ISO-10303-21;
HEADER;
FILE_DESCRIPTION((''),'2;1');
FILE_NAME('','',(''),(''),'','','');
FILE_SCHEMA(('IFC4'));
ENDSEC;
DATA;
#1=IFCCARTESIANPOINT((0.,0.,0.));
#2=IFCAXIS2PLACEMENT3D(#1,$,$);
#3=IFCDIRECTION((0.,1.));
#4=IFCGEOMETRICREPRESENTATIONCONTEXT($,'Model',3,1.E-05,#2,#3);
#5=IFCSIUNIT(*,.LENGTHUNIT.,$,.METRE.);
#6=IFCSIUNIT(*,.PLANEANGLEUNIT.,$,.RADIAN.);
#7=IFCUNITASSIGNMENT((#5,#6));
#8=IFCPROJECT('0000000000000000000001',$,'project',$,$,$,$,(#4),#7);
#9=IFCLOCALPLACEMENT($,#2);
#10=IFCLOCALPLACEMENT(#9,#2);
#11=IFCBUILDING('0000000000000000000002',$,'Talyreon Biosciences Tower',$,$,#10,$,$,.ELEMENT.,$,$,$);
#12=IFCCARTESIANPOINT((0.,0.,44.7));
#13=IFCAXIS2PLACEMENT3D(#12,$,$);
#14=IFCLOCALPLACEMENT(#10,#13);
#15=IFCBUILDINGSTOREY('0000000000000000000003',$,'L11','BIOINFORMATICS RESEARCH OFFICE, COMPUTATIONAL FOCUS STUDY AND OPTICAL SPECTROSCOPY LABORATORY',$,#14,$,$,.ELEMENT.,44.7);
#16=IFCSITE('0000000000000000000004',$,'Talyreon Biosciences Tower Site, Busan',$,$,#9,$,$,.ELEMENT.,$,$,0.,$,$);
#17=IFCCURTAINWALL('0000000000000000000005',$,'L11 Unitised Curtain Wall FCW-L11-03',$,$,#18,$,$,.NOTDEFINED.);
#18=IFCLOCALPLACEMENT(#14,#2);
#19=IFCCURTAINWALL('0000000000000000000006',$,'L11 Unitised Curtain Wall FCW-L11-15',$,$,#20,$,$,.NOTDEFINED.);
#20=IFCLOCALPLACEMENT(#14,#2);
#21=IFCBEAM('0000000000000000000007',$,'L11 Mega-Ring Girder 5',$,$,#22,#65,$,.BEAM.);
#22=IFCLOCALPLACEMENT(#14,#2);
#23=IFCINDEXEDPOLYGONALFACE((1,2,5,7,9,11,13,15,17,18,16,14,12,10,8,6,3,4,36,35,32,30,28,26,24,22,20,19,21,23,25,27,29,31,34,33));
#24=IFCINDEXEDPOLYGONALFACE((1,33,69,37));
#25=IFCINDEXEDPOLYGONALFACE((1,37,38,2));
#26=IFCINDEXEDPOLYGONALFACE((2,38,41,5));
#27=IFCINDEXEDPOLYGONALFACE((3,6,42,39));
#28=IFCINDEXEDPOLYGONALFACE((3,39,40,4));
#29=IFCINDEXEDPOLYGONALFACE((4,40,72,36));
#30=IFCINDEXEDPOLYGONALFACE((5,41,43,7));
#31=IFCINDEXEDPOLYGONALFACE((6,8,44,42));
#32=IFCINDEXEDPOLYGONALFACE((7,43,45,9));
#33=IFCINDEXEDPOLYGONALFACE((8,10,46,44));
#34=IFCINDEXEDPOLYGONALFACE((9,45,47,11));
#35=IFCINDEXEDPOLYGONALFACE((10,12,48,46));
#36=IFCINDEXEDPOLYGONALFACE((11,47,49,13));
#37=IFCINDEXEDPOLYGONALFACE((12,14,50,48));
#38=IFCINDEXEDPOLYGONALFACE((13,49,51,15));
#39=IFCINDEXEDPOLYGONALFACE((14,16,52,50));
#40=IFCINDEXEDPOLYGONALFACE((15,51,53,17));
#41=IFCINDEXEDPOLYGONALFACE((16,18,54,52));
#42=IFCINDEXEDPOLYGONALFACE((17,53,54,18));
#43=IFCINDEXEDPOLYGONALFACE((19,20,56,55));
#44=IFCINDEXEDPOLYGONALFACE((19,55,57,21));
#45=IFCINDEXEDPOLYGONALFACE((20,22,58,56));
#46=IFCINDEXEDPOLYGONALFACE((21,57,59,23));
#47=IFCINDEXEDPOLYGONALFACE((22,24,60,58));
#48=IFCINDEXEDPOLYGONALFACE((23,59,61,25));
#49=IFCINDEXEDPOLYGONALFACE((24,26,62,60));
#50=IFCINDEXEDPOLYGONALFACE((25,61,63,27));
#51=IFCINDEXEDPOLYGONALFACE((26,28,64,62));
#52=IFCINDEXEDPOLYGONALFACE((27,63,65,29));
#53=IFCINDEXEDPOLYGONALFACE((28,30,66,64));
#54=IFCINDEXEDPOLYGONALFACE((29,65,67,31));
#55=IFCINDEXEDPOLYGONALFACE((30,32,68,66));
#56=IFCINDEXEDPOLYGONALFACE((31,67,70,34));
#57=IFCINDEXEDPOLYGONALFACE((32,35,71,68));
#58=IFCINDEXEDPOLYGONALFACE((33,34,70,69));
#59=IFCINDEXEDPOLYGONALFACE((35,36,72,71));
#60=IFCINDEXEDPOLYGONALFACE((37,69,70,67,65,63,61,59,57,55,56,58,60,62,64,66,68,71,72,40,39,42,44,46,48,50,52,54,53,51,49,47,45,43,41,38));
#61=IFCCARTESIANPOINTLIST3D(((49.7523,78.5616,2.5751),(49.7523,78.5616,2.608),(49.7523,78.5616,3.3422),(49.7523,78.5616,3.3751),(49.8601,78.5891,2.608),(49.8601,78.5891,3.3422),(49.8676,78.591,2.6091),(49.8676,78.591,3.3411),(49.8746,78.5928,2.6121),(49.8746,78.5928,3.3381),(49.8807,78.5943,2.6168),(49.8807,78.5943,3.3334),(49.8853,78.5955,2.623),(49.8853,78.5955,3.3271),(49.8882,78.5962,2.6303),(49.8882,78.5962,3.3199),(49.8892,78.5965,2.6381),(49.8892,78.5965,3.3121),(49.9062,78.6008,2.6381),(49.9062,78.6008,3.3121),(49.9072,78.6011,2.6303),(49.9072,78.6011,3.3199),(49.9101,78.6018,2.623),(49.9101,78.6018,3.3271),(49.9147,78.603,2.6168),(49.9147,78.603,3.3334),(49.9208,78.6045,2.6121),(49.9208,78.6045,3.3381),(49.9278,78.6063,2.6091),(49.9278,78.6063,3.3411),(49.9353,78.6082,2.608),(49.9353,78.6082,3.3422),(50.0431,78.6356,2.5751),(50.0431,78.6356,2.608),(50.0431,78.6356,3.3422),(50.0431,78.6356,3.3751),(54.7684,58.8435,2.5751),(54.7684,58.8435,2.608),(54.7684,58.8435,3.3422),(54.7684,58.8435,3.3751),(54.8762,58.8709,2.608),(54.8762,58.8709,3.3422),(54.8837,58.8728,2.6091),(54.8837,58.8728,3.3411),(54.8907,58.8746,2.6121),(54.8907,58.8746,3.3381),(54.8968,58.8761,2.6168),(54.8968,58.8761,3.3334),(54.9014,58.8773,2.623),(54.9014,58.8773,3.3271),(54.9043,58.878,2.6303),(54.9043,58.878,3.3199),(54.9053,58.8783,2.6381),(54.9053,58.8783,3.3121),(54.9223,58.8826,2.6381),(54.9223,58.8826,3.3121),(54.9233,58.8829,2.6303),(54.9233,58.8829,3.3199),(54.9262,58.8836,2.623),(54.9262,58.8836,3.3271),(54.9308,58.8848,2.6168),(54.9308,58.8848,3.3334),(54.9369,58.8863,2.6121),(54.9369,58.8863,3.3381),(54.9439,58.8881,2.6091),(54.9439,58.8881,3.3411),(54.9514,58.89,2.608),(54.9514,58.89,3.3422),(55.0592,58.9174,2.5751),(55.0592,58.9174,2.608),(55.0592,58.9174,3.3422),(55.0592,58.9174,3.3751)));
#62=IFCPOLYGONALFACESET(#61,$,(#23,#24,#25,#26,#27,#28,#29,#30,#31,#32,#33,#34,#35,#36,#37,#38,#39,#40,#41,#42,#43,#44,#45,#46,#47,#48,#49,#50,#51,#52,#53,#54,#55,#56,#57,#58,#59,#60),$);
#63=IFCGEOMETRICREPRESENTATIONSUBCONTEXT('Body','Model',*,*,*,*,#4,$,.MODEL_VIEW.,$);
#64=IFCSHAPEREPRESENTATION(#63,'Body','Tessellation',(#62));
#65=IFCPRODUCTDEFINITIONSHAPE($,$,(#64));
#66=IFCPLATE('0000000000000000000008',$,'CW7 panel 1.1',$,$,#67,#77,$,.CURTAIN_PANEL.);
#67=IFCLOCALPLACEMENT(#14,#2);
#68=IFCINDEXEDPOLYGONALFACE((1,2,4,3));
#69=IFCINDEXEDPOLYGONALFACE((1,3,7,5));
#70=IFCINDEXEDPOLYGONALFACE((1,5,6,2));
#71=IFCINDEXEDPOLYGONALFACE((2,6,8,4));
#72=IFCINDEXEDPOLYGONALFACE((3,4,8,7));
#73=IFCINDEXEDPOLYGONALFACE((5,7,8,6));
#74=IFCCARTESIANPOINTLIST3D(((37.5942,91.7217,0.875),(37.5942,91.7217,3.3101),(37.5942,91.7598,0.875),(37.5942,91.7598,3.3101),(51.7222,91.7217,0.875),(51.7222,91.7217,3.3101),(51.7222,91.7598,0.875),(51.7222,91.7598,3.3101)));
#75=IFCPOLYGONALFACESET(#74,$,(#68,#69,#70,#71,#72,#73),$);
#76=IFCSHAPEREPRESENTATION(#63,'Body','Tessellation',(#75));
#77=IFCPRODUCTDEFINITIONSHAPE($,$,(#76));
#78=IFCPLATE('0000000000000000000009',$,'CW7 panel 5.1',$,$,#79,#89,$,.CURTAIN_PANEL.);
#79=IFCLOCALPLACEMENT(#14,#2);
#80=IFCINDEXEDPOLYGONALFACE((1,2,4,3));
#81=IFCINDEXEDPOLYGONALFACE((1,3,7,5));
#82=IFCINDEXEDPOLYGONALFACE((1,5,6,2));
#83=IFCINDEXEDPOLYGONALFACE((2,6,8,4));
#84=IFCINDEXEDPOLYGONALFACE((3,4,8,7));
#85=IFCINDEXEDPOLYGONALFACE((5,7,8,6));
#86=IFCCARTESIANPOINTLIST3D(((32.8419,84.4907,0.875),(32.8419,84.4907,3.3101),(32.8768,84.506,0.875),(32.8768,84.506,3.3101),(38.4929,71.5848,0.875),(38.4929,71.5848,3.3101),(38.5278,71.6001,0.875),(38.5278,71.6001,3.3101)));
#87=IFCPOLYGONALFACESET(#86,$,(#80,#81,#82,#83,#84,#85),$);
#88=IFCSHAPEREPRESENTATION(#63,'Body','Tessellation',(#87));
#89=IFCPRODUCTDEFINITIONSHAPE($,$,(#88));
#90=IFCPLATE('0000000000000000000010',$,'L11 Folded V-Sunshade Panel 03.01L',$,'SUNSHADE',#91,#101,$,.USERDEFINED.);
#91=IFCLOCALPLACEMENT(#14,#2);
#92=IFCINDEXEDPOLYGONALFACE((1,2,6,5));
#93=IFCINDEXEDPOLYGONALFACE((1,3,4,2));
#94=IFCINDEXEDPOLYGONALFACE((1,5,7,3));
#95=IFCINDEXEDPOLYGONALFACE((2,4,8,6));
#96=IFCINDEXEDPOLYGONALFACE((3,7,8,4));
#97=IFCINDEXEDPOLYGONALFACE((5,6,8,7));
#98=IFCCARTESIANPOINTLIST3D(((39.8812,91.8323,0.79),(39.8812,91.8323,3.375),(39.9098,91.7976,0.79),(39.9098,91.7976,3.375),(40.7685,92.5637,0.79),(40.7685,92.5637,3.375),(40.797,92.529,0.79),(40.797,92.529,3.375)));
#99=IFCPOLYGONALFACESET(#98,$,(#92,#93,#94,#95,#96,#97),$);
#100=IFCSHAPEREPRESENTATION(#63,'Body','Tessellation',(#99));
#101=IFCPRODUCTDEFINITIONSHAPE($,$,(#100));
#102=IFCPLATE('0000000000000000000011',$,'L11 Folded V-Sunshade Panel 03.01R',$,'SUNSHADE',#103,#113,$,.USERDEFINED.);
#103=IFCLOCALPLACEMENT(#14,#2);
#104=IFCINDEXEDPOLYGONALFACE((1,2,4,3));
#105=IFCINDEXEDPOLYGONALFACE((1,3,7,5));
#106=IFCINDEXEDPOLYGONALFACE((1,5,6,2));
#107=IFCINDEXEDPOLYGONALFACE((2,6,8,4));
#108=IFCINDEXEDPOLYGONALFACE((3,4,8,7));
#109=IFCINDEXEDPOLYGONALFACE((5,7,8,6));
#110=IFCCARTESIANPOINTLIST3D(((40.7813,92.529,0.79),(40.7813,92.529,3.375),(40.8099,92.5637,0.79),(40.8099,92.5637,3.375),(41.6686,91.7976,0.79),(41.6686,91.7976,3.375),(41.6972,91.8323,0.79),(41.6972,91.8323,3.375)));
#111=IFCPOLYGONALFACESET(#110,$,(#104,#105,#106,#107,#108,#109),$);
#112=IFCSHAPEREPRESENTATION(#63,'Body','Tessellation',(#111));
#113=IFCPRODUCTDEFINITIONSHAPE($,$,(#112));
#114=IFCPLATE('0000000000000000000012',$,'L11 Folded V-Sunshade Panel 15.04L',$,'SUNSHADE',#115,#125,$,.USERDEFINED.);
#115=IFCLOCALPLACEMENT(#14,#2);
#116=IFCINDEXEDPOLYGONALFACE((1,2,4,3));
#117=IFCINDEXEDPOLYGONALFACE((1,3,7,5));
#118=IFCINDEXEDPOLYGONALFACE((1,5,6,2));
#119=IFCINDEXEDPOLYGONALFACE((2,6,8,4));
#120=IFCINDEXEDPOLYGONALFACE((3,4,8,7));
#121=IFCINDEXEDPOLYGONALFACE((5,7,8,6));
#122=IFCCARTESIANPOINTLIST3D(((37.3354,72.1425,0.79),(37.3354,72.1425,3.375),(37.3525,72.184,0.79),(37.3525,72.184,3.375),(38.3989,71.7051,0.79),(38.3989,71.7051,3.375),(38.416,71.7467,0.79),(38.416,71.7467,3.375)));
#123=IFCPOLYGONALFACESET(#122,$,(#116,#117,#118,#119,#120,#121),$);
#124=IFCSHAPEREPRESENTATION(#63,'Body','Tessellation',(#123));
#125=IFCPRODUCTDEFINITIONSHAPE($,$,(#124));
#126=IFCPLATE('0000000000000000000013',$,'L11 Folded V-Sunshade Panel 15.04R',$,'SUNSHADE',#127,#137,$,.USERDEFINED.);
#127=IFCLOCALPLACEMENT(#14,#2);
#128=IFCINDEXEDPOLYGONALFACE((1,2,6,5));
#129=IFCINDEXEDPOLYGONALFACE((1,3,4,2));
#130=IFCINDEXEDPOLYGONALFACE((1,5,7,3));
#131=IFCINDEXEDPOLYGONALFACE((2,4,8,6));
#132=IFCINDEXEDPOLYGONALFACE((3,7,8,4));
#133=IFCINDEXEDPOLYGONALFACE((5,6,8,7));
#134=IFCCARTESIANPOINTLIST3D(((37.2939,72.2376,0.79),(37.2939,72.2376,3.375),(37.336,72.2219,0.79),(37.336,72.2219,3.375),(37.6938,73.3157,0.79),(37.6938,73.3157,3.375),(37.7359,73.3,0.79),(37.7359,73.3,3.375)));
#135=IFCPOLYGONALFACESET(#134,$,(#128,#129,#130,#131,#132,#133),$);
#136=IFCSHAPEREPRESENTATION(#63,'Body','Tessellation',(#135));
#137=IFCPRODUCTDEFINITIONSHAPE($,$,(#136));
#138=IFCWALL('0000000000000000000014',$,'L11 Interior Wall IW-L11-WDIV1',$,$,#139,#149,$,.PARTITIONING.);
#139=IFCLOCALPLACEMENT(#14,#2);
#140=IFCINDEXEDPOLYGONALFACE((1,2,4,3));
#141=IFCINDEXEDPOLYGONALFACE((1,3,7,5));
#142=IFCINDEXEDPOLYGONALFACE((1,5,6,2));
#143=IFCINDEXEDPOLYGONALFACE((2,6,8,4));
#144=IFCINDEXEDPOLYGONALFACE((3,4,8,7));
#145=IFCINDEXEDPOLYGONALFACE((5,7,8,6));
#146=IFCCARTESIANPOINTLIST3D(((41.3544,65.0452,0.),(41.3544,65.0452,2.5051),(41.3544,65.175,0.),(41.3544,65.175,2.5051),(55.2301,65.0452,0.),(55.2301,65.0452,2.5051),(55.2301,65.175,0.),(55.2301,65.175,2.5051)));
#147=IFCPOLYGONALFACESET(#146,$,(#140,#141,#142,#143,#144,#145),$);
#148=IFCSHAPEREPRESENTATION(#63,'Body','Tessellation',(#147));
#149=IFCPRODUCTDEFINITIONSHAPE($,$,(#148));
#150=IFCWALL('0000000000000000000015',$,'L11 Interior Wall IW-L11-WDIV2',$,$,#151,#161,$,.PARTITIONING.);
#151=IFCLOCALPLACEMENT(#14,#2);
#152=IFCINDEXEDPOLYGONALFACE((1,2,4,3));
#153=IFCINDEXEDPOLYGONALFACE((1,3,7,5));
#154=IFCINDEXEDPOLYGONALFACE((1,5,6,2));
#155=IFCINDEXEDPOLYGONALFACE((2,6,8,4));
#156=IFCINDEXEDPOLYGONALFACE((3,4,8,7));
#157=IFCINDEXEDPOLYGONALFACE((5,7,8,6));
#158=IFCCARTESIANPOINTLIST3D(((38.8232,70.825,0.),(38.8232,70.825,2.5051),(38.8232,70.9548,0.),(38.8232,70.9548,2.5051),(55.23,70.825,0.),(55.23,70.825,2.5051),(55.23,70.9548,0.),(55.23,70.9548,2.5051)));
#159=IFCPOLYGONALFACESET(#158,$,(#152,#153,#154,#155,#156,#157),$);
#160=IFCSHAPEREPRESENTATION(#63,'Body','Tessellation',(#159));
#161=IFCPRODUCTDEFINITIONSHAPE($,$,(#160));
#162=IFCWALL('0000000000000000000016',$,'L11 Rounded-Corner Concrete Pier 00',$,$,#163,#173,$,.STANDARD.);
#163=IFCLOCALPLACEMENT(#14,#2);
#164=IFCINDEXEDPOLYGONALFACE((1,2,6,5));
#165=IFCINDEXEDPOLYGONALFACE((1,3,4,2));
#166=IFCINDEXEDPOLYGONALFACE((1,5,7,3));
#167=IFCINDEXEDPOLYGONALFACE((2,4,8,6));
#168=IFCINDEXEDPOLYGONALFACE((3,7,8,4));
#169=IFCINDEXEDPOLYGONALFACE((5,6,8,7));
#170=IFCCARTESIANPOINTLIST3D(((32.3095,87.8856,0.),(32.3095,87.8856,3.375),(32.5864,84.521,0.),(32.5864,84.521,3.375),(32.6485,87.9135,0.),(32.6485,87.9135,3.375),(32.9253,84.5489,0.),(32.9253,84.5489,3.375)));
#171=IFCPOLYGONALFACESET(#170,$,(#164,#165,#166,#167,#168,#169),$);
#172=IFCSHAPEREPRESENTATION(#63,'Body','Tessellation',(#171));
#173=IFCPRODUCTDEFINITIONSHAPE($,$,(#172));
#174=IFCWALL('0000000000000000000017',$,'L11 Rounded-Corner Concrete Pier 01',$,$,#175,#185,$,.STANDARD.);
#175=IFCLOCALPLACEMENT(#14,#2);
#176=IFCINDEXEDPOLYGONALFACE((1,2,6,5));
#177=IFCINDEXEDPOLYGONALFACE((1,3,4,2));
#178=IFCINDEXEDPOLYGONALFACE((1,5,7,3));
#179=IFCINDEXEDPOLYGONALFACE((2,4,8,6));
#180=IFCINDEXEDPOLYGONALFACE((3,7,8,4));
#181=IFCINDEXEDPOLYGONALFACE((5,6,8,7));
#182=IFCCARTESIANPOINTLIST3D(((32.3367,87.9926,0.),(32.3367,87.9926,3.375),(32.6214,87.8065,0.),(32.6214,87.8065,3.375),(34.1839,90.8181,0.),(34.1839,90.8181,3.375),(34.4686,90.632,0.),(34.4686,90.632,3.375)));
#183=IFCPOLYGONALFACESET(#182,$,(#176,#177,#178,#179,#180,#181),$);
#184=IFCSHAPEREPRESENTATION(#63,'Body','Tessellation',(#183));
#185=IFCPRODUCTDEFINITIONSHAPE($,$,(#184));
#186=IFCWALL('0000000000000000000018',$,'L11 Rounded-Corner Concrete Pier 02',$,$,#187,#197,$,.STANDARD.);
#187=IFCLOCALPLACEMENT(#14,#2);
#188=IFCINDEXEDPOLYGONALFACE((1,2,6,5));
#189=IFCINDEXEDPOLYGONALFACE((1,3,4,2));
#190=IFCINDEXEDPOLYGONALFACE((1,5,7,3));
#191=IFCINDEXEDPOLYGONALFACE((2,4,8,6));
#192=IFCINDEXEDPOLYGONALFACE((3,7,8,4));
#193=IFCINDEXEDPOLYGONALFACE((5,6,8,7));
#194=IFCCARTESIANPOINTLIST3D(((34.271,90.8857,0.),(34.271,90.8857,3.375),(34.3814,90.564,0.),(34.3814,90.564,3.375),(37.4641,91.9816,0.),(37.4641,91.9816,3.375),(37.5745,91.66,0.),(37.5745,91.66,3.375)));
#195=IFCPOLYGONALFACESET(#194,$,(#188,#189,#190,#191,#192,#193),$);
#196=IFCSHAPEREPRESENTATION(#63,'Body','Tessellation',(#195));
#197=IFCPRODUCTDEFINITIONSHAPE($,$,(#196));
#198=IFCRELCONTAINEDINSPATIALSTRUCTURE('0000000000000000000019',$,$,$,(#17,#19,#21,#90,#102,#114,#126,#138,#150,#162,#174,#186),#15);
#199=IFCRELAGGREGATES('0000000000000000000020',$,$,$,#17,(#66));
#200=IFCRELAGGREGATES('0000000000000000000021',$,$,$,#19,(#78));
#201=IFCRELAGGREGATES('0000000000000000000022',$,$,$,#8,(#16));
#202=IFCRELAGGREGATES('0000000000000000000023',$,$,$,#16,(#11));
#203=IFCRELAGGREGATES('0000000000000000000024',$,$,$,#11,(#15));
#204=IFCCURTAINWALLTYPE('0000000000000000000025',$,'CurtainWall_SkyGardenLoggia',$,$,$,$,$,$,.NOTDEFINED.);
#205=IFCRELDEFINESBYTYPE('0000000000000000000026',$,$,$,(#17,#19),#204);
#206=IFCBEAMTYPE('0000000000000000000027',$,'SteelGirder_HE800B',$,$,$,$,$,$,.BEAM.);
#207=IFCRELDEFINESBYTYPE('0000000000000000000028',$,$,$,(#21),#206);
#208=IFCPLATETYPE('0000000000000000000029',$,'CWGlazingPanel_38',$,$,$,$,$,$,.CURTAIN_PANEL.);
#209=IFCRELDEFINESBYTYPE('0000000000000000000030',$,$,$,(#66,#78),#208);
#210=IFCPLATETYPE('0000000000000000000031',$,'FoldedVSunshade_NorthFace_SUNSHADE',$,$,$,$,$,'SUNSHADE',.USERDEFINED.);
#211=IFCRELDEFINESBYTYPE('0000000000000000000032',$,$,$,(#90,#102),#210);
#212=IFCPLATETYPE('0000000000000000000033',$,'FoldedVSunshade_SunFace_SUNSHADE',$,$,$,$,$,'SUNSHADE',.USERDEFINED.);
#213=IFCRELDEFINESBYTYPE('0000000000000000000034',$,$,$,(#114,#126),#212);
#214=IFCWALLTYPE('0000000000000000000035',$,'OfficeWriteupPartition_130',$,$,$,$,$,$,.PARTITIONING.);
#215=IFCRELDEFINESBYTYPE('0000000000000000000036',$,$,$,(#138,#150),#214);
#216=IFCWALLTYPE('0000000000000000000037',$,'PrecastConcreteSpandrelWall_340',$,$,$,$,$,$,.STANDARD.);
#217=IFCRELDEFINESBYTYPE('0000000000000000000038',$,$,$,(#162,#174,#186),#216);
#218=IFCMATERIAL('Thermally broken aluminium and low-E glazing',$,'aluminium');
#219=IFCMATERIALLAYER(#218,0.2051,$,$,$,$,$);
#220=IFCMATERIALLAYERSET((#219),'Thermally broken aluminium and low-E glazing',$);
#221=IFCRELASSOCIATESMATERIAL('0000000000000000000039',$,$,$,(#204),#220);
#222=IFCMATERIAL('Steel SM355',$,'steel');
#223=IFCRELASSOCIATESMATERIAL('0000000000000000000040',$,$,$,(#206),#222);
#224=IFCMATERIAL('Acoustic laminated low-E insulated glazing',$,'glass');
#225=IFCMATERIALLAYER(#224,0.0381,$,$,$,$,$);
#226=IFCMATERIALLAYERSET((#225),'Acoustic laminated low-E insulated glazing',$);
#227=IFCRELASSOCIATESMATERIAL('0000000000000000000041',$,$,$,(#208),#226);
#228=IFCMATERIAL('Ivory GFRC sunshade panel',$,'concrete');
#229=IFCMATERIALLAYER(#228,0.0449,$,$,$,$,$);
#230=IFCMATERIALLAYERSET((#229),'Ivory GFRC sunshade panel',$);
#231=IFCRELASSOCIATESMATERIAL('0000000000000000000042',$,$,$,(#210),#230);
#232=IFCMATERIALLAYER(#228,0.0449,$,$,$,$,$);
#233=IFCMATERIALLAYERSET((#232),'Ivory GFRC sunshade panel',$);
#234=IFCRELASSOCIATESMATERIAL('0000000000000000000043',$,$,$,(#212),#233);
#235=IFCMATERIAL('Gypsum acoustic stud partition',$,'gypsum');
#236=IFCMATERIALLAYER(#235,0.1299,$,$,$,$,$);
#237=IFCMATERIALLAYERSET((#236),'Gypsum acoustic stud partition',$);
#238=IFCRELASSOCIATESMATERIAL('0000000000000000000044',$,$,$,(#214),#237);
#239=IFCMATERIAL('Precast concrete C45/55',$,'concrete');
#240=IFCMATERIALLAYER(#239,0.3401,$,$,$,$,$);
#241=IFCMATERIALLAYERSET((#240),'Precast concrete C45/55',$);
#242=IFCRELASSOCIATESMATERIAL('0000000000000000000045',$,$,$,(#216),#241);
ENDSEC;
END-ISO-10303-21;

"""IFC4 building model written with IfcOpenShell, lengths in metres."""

from ifc_helpers import new_model, si_unit, direction, frame, frame_2d, origin, origin_2d, place, context, subcontext, project, spatial, rectangle, i_section, extrude, material, layer, layer_set, material_profile, profile_set, type_object, element, aggregate, save


model = new_model("IFC4")

# Units and contexts
model_context = context("Model", 3, precision=1e-05, world=origin(), true_north=direction((0.0, 1.0)))
body_context = subcontext(model_context, "Body", "Model", "MODEL_VIEW")
ifc_project = project(units=[si_unit("LENGTHUNIT", "METRE"), si_unit("PLANEANGLEUNIT", "RADIAN")], contexts=[model_context])

# Site, building, storey
site_placement = place(None, origin())
site = spatial("IfcSite", under=ifc_project, at=site_placement, Name="Talyreon Biosciences Tower Site, Busan", CompositionType="ELEMENT", RefElevation=0.0)
building_placement = place(site_placement, origin())
building = spatial("IfcBuilding", under=site, at=building_placement, Name="Talyreon Biosciences Tower", CompositionType="ELEMENT")
storey_placement = place(building_placement, frame((0.0, 0.0, 44.7)))
storey = spatial("IfcBuildingStorey", under=building, at=storey_placement, Name="L11", Description="BIOINFORMATICS RESEARCH OFFICE, COMPUTATIONAL FOCUS STUDY AND OPTICAL SPECTROSCOPY LABORATORY", CompositionType="ELEMENT", Elevation=44.7)

# Curtain walls
ifc_material_1 = material(Name="Thermally broken aluminium and low-E glazing", Category="aluminium")
ifc_layer_1 = layer(ifc_material_1, 0.2051)
ifc_layer_set_1 = layer_set([ifc_layer_1], Name="Thermally broken aluminium and low-E glazing")
curtain_wall_type = type_object("IfcCurtainWallType", Name="CurtainWall_SkyGardenLoggia", PredefinedType="NOTDEFINED", material=ifc_layer_set_1)
curtain_wall_1_placement = place(storey_placement, origin())
curtain_wall_1 = element("IfcCurtainWall", 1, at=curtain_wall_1_placement, inside=storey, type_object=curtain_wall_type, Name="L11 Unitised Curtain Wall FCW-L11-03", PredefinedType="NOTDEFINED")
curtain_wall_2_placement = place(storey_placement, origin())
curtain_wall_2 = element("IfcCurtainWall", 2, at=curtain_wall_2_placement, inside=storey, type_object=curtain_wall_type, Name="L11 Unitised Curtain Wall FCW-L11-15", PredefinedType="NOTDEFINED")

# Beam
ifc_material_2 = material(Name="Precast concrete C45/55", Category="concrete")
ifc_material_3 = material(Name="Steel SM355", Category="steel")
ifc_material_profile_1 = material_profile(ifc_material_3, i_section(OverallWidth=0.3, OverallDepth=0.8, WebThickness=0.0176, FlangeThickness=0.033, FilletRadius=0.03, at=origin_2d()), Name="HE800B")
ifc_profile_set_1 = profile_set([ifc_material_profile_1], Name="Steel SM355")
beam_type_1 = type_object("IfcBeamType", Name="SteelGirder_HE800B", PredefinedType="BEAM", material=ifc_profile_set_1)
beam_1_placement = place(storey_placement, frame((49.8977, 78.5986, 2.9751), z_axis=(0.246537, -0.969133, 0.0), x_axis=(0.969133, 0.246537, 0.0)))
element("IfcBeam", 3, at=beam_1_placement, inside=storey, type_object=beam_type_1, Name="L11 Mega-Ring Girder 5", PredefinedType="BEAM", context=body_context, shape_type="SweptSolid", body=[
    extrude(i_section(OverallWidth=0.3, OverallDepth=0.8, WebThickness=0.0176, FlangeThickness=0.033, FilletRadius=0.03, at=origin_2d()), origin(), (0.0, 0.0, 1.0), 20.3462),
])

# Plates
ifc_material_4 = material(Name="Acoustic laminated low-E insulated glazing", Category="glass")
ifc_layer_2 = layer(ifc_material_4, 0.0381)
ifc_layer_set_2 = layer_set([ifc_layer_2], Name="Acoustic laminated low-E insulated glazing")
plate_type_1 = type_object("IfcPlateType", Name="CWGlazingPanel_38", PredefinedType="CURTAIN_PANEL", material=ifc_layer_set_2)
plate_1_placement = place(storey_placement, frame((44.6582, 91.7407, 0.875), z_axis=(0.0, 0.0, 1.0), x_axis=(1.0, 0.0, 0.0)))
plate_1 = element("IfcPlate", 4, at=plate_1_placement, type_object=plate_type_1, Name="CW7 panel 1.1", PredefinedType="CURTAIN_PANEL", context=body_context, shape_type="SweptSolid", body=[
    extrude(rectangle(XDim=14.1279, YDim=0.0381, at=origin_2d()), origin(), (0.0, 0.0, 1.0), 2.4351),
])
aggregate(curtain_wall_1, [plate_1])
plate_2_placement = place(storey_placement, frame((35.6848, 78.0454, 0.875), z_axis=(0.0, 0.0, 1.0), x_axis=(-0.401097, 0.916035, 0.0)))
plate_2 = element("IfcPlate", 5, at=plate_2_placement, type_object=plate_type_1, Name="CW7 panel 5.1", PredefinedType="CURTAIN_PANEL", context=body_context, shape_type="SweptSolid", body=[
    extrude(rectangle(XDim=14.0889, YDim=0.0381, at=origin_2d()), origin(), (0.0, 0.0, 1.0), 2.4351),
])
aggregate(curtain_wall_2, [plate_2])

# Plates
ifc_material_5 = material(Name="Ivory GFRC sunshade panel", Category="concrete")
ifc_layer_3 = layer(ifc_material_5, 0.0449)
ifc_layer_set_3 = layer_set([ifc_layer_3], Name="Ivory GFRC sunshade panel")
plate_type_2 = type_object("IfcPlateType", Name="FoldedVSunshade_NorthFace_SUNSHADE", ElementType="SUNSHADE", PredefinedType="USERDEFINED", material=ifc_layer_set_3)
for number, where, z_axis, x_axis, name in (
    (6, (40.3391, 92.1807, 0.79), (0.0, 0.0, 1.0), (0.771625, 0.636078, 0.0), "L11 Folded V-Sunshade Panel 03.01L"),
    (7, (41.2393, 92.1807, 0.79), (0.0, 0.0, 1.0), (0.771625, -0.636078, 0.0), "L11 Folded V-Sunshade Panel 03.01R"),
):
    element("IfcPlate", number, at=place(storey_placement, frame(where, z_axis=z_axis, x_axis=x_axis)), inside=storey, type_object=plate_type_2, Name=name, ObjectType="SUNSHADE", PredefinedType="USERDEFINED", context=body_context, shape_type="SweptSolid", body=[
        extrude(rectangle(XDim=1.1499, YDim=0.0449, at=origin_2d()), origin(), (0.0, 0.0, 1.0), 2.585),
    ])
ifc_layer_4 = layer(ifc_material_5, 0.0449)
ifc_layer_set_4 = layer_set([ifc_layer_4], Name="Ivory GFRC sunshade panel")
plate_type_3 = type_object("IfcPlateType", Name="FoldedVSunshade_SunFace_SUNSHADE", ElementType="SUNSHADE", PredefinedType="USERDEFINED", material=ifc_layer_set_4)
for number, where, z_axis, x_axis, name in (
    (8, (37.8757, 71.9446, 0.79), (0.0, 0.0, 1.0), (-0.924858, 0.380312, 0.0), "L11 Folded V-Sunshade Panel 15.04L"),
    (9, (37.5149, 72.7688, 0.79), (0.0, 0.0, 1.0), (0.347803, 0.937568, 0.0), "L11 Folded V-Sunshade Panel 15.04R"),
):
    element("IfcPlate", number, at=place(storey_placement, frame(where, z_axis=z_axis, x_axis=x_axis)), inside=storey, type_object=plate_type_3, Name=name, ObjectType="SUNSHADE", PredefinedType="USERDEFINED", context=body_context, shape_type="SweptSolid", body=[
        extrude(rectangle(XDim=1.1499, YDim=0.0449, at=origin_2d()), origin(), (0.0, 0.0, 1.0), 2.585),
    ])

# Walls
ifc_material_6 = material(Name="Gypsum acoustic stud partition", Category="gypsum")
ifc_layer_5 = layer(ifc_material_6, 0.1299)
ifc_layer_set_5 = layer_set([ifc_layer_5], Name="Gypsum acoustic stud partition")
wall_type_1 = type_object("IfcWallType", Name="OfficeWriteupPartition_130", PredefinedType="PARTITIONING", material=ifc_layer_set_5)
wall_1_placement = place(storey_placement, frame((41.3542, 65.1101, 0.0), z_axis=(0.0, 0.0, 1.0), x_axis=(1.0, 0.0, 0.0)))
element("IfcWall", 10, at=wall_1_placement, inside=storey, type_object=wall_type_1, Name="L11 Interior Wall IW-L11-WDIV1", PredefinedType="PARTITIONING", context=body_context, shape_type="SweptSolid", body=[
    extrude(rectangle(XDim=13.8757, YDim=0.1299, at=frame_2d((6.938, 0.0))), origin(), (0.0, 0.0, 1.0), 2.5051),
])
wall_2_placement = place(storey_placement, frame((38.8232, 70.8899, 0.0), z_axis=(0.0, 0.0, 1.0), x_axis=(1.0, 0.0, 0.0)))
element("IfcWall", 11, at=wall_2_placement, inside=storey, type_object=wall_type_1, Name="L11 Interior Wall IW-L11-WDIV2", PredefinedType="PARTITIONING", context=body_context, shape_type="SweptSolid", body=[
    extrude(rectangle(XDim=16.4067, YDim=0.1299, at=frame_2d((8.2034, 0.0))), origin(), (0.0, 0.0, 1.0), 2.5051),
])
ifc_layer_6 = layer(ifc_material_2, 0.3401)
ifc_layer_set_6 = layer_set([ifc_layer_6], Name="Precast concrete C45/55")
wall_type_2 = type_object("IfcWallType", Name="PrecastConcreteSpandrelWall_340", PredefinedType="STANDARD", material=ifc_layer_set_6)
wall_3_placement = place(storey_placement, frame((32.7559, 84.5349, 0.0), z_axis=(0.0, 0.0, 1.0), x_axis=(-0.08201, 0.996632, 0.0)))
element("IfcWall", 12, at=wall_3_placement, inside=storey, type_object=wall_type_2, Name="L11 Rounded-Corner Concrete Pier 00", PredefinedType="STANDARD", context=body_context, shape_type="SweptSolid", body=[
    extrude(rectangle(XDim=3.376, YDim=0.3401, at=frame_2d((1.688, 0.0))), origin(), (0.0, 0.0, 1.0), 3.375),
])
wall_4_placement = place(storey_placement, frame((32.479, 87.8994, 0.0), z_axis=(0.0, 0.0, 1.0), x_axis=(0.547201, 0.837001, 0.0)))
element("IfcWall", 13, at=wall_4_placement, inside=storey, type_object=wall_type_2, Name="L11 Rounded-Corner Concrete Pier 01", PredefinedType="STANDARD", context=body_context, shape_type="SweptSolid", body=[
    extrude(rectangle(XDim=3.3757, YDim=0.3401, at=frame_2d((1.688, 0.0))), origin(), (0.0, 0.0, 1.0), 3.375),
])
wall_5_placement = place(storey_placement, frame((34.3262, 90.7249, 0.0), z_axis=(0.0, 0.0, 1.0), x_axis=(0.94584, 0.324633, 0.0)))
element("IfcWall", 14, at=wall_5_placement, inside=storey, type_object=wall_type_2, Name="L11 Rounded-Corner Concrete Pier 02", PredefinedType="STANDARD", context=body_context, shape_type="SweptSolid", body=[
    extrude(rectangle(XDim=3.376, YDim=0.3401, at=frame_2d((1.688, 0.0))), origin(), (0.0, 0.0, 1.0), 3.375),
])

save(model, "model.ifc")
